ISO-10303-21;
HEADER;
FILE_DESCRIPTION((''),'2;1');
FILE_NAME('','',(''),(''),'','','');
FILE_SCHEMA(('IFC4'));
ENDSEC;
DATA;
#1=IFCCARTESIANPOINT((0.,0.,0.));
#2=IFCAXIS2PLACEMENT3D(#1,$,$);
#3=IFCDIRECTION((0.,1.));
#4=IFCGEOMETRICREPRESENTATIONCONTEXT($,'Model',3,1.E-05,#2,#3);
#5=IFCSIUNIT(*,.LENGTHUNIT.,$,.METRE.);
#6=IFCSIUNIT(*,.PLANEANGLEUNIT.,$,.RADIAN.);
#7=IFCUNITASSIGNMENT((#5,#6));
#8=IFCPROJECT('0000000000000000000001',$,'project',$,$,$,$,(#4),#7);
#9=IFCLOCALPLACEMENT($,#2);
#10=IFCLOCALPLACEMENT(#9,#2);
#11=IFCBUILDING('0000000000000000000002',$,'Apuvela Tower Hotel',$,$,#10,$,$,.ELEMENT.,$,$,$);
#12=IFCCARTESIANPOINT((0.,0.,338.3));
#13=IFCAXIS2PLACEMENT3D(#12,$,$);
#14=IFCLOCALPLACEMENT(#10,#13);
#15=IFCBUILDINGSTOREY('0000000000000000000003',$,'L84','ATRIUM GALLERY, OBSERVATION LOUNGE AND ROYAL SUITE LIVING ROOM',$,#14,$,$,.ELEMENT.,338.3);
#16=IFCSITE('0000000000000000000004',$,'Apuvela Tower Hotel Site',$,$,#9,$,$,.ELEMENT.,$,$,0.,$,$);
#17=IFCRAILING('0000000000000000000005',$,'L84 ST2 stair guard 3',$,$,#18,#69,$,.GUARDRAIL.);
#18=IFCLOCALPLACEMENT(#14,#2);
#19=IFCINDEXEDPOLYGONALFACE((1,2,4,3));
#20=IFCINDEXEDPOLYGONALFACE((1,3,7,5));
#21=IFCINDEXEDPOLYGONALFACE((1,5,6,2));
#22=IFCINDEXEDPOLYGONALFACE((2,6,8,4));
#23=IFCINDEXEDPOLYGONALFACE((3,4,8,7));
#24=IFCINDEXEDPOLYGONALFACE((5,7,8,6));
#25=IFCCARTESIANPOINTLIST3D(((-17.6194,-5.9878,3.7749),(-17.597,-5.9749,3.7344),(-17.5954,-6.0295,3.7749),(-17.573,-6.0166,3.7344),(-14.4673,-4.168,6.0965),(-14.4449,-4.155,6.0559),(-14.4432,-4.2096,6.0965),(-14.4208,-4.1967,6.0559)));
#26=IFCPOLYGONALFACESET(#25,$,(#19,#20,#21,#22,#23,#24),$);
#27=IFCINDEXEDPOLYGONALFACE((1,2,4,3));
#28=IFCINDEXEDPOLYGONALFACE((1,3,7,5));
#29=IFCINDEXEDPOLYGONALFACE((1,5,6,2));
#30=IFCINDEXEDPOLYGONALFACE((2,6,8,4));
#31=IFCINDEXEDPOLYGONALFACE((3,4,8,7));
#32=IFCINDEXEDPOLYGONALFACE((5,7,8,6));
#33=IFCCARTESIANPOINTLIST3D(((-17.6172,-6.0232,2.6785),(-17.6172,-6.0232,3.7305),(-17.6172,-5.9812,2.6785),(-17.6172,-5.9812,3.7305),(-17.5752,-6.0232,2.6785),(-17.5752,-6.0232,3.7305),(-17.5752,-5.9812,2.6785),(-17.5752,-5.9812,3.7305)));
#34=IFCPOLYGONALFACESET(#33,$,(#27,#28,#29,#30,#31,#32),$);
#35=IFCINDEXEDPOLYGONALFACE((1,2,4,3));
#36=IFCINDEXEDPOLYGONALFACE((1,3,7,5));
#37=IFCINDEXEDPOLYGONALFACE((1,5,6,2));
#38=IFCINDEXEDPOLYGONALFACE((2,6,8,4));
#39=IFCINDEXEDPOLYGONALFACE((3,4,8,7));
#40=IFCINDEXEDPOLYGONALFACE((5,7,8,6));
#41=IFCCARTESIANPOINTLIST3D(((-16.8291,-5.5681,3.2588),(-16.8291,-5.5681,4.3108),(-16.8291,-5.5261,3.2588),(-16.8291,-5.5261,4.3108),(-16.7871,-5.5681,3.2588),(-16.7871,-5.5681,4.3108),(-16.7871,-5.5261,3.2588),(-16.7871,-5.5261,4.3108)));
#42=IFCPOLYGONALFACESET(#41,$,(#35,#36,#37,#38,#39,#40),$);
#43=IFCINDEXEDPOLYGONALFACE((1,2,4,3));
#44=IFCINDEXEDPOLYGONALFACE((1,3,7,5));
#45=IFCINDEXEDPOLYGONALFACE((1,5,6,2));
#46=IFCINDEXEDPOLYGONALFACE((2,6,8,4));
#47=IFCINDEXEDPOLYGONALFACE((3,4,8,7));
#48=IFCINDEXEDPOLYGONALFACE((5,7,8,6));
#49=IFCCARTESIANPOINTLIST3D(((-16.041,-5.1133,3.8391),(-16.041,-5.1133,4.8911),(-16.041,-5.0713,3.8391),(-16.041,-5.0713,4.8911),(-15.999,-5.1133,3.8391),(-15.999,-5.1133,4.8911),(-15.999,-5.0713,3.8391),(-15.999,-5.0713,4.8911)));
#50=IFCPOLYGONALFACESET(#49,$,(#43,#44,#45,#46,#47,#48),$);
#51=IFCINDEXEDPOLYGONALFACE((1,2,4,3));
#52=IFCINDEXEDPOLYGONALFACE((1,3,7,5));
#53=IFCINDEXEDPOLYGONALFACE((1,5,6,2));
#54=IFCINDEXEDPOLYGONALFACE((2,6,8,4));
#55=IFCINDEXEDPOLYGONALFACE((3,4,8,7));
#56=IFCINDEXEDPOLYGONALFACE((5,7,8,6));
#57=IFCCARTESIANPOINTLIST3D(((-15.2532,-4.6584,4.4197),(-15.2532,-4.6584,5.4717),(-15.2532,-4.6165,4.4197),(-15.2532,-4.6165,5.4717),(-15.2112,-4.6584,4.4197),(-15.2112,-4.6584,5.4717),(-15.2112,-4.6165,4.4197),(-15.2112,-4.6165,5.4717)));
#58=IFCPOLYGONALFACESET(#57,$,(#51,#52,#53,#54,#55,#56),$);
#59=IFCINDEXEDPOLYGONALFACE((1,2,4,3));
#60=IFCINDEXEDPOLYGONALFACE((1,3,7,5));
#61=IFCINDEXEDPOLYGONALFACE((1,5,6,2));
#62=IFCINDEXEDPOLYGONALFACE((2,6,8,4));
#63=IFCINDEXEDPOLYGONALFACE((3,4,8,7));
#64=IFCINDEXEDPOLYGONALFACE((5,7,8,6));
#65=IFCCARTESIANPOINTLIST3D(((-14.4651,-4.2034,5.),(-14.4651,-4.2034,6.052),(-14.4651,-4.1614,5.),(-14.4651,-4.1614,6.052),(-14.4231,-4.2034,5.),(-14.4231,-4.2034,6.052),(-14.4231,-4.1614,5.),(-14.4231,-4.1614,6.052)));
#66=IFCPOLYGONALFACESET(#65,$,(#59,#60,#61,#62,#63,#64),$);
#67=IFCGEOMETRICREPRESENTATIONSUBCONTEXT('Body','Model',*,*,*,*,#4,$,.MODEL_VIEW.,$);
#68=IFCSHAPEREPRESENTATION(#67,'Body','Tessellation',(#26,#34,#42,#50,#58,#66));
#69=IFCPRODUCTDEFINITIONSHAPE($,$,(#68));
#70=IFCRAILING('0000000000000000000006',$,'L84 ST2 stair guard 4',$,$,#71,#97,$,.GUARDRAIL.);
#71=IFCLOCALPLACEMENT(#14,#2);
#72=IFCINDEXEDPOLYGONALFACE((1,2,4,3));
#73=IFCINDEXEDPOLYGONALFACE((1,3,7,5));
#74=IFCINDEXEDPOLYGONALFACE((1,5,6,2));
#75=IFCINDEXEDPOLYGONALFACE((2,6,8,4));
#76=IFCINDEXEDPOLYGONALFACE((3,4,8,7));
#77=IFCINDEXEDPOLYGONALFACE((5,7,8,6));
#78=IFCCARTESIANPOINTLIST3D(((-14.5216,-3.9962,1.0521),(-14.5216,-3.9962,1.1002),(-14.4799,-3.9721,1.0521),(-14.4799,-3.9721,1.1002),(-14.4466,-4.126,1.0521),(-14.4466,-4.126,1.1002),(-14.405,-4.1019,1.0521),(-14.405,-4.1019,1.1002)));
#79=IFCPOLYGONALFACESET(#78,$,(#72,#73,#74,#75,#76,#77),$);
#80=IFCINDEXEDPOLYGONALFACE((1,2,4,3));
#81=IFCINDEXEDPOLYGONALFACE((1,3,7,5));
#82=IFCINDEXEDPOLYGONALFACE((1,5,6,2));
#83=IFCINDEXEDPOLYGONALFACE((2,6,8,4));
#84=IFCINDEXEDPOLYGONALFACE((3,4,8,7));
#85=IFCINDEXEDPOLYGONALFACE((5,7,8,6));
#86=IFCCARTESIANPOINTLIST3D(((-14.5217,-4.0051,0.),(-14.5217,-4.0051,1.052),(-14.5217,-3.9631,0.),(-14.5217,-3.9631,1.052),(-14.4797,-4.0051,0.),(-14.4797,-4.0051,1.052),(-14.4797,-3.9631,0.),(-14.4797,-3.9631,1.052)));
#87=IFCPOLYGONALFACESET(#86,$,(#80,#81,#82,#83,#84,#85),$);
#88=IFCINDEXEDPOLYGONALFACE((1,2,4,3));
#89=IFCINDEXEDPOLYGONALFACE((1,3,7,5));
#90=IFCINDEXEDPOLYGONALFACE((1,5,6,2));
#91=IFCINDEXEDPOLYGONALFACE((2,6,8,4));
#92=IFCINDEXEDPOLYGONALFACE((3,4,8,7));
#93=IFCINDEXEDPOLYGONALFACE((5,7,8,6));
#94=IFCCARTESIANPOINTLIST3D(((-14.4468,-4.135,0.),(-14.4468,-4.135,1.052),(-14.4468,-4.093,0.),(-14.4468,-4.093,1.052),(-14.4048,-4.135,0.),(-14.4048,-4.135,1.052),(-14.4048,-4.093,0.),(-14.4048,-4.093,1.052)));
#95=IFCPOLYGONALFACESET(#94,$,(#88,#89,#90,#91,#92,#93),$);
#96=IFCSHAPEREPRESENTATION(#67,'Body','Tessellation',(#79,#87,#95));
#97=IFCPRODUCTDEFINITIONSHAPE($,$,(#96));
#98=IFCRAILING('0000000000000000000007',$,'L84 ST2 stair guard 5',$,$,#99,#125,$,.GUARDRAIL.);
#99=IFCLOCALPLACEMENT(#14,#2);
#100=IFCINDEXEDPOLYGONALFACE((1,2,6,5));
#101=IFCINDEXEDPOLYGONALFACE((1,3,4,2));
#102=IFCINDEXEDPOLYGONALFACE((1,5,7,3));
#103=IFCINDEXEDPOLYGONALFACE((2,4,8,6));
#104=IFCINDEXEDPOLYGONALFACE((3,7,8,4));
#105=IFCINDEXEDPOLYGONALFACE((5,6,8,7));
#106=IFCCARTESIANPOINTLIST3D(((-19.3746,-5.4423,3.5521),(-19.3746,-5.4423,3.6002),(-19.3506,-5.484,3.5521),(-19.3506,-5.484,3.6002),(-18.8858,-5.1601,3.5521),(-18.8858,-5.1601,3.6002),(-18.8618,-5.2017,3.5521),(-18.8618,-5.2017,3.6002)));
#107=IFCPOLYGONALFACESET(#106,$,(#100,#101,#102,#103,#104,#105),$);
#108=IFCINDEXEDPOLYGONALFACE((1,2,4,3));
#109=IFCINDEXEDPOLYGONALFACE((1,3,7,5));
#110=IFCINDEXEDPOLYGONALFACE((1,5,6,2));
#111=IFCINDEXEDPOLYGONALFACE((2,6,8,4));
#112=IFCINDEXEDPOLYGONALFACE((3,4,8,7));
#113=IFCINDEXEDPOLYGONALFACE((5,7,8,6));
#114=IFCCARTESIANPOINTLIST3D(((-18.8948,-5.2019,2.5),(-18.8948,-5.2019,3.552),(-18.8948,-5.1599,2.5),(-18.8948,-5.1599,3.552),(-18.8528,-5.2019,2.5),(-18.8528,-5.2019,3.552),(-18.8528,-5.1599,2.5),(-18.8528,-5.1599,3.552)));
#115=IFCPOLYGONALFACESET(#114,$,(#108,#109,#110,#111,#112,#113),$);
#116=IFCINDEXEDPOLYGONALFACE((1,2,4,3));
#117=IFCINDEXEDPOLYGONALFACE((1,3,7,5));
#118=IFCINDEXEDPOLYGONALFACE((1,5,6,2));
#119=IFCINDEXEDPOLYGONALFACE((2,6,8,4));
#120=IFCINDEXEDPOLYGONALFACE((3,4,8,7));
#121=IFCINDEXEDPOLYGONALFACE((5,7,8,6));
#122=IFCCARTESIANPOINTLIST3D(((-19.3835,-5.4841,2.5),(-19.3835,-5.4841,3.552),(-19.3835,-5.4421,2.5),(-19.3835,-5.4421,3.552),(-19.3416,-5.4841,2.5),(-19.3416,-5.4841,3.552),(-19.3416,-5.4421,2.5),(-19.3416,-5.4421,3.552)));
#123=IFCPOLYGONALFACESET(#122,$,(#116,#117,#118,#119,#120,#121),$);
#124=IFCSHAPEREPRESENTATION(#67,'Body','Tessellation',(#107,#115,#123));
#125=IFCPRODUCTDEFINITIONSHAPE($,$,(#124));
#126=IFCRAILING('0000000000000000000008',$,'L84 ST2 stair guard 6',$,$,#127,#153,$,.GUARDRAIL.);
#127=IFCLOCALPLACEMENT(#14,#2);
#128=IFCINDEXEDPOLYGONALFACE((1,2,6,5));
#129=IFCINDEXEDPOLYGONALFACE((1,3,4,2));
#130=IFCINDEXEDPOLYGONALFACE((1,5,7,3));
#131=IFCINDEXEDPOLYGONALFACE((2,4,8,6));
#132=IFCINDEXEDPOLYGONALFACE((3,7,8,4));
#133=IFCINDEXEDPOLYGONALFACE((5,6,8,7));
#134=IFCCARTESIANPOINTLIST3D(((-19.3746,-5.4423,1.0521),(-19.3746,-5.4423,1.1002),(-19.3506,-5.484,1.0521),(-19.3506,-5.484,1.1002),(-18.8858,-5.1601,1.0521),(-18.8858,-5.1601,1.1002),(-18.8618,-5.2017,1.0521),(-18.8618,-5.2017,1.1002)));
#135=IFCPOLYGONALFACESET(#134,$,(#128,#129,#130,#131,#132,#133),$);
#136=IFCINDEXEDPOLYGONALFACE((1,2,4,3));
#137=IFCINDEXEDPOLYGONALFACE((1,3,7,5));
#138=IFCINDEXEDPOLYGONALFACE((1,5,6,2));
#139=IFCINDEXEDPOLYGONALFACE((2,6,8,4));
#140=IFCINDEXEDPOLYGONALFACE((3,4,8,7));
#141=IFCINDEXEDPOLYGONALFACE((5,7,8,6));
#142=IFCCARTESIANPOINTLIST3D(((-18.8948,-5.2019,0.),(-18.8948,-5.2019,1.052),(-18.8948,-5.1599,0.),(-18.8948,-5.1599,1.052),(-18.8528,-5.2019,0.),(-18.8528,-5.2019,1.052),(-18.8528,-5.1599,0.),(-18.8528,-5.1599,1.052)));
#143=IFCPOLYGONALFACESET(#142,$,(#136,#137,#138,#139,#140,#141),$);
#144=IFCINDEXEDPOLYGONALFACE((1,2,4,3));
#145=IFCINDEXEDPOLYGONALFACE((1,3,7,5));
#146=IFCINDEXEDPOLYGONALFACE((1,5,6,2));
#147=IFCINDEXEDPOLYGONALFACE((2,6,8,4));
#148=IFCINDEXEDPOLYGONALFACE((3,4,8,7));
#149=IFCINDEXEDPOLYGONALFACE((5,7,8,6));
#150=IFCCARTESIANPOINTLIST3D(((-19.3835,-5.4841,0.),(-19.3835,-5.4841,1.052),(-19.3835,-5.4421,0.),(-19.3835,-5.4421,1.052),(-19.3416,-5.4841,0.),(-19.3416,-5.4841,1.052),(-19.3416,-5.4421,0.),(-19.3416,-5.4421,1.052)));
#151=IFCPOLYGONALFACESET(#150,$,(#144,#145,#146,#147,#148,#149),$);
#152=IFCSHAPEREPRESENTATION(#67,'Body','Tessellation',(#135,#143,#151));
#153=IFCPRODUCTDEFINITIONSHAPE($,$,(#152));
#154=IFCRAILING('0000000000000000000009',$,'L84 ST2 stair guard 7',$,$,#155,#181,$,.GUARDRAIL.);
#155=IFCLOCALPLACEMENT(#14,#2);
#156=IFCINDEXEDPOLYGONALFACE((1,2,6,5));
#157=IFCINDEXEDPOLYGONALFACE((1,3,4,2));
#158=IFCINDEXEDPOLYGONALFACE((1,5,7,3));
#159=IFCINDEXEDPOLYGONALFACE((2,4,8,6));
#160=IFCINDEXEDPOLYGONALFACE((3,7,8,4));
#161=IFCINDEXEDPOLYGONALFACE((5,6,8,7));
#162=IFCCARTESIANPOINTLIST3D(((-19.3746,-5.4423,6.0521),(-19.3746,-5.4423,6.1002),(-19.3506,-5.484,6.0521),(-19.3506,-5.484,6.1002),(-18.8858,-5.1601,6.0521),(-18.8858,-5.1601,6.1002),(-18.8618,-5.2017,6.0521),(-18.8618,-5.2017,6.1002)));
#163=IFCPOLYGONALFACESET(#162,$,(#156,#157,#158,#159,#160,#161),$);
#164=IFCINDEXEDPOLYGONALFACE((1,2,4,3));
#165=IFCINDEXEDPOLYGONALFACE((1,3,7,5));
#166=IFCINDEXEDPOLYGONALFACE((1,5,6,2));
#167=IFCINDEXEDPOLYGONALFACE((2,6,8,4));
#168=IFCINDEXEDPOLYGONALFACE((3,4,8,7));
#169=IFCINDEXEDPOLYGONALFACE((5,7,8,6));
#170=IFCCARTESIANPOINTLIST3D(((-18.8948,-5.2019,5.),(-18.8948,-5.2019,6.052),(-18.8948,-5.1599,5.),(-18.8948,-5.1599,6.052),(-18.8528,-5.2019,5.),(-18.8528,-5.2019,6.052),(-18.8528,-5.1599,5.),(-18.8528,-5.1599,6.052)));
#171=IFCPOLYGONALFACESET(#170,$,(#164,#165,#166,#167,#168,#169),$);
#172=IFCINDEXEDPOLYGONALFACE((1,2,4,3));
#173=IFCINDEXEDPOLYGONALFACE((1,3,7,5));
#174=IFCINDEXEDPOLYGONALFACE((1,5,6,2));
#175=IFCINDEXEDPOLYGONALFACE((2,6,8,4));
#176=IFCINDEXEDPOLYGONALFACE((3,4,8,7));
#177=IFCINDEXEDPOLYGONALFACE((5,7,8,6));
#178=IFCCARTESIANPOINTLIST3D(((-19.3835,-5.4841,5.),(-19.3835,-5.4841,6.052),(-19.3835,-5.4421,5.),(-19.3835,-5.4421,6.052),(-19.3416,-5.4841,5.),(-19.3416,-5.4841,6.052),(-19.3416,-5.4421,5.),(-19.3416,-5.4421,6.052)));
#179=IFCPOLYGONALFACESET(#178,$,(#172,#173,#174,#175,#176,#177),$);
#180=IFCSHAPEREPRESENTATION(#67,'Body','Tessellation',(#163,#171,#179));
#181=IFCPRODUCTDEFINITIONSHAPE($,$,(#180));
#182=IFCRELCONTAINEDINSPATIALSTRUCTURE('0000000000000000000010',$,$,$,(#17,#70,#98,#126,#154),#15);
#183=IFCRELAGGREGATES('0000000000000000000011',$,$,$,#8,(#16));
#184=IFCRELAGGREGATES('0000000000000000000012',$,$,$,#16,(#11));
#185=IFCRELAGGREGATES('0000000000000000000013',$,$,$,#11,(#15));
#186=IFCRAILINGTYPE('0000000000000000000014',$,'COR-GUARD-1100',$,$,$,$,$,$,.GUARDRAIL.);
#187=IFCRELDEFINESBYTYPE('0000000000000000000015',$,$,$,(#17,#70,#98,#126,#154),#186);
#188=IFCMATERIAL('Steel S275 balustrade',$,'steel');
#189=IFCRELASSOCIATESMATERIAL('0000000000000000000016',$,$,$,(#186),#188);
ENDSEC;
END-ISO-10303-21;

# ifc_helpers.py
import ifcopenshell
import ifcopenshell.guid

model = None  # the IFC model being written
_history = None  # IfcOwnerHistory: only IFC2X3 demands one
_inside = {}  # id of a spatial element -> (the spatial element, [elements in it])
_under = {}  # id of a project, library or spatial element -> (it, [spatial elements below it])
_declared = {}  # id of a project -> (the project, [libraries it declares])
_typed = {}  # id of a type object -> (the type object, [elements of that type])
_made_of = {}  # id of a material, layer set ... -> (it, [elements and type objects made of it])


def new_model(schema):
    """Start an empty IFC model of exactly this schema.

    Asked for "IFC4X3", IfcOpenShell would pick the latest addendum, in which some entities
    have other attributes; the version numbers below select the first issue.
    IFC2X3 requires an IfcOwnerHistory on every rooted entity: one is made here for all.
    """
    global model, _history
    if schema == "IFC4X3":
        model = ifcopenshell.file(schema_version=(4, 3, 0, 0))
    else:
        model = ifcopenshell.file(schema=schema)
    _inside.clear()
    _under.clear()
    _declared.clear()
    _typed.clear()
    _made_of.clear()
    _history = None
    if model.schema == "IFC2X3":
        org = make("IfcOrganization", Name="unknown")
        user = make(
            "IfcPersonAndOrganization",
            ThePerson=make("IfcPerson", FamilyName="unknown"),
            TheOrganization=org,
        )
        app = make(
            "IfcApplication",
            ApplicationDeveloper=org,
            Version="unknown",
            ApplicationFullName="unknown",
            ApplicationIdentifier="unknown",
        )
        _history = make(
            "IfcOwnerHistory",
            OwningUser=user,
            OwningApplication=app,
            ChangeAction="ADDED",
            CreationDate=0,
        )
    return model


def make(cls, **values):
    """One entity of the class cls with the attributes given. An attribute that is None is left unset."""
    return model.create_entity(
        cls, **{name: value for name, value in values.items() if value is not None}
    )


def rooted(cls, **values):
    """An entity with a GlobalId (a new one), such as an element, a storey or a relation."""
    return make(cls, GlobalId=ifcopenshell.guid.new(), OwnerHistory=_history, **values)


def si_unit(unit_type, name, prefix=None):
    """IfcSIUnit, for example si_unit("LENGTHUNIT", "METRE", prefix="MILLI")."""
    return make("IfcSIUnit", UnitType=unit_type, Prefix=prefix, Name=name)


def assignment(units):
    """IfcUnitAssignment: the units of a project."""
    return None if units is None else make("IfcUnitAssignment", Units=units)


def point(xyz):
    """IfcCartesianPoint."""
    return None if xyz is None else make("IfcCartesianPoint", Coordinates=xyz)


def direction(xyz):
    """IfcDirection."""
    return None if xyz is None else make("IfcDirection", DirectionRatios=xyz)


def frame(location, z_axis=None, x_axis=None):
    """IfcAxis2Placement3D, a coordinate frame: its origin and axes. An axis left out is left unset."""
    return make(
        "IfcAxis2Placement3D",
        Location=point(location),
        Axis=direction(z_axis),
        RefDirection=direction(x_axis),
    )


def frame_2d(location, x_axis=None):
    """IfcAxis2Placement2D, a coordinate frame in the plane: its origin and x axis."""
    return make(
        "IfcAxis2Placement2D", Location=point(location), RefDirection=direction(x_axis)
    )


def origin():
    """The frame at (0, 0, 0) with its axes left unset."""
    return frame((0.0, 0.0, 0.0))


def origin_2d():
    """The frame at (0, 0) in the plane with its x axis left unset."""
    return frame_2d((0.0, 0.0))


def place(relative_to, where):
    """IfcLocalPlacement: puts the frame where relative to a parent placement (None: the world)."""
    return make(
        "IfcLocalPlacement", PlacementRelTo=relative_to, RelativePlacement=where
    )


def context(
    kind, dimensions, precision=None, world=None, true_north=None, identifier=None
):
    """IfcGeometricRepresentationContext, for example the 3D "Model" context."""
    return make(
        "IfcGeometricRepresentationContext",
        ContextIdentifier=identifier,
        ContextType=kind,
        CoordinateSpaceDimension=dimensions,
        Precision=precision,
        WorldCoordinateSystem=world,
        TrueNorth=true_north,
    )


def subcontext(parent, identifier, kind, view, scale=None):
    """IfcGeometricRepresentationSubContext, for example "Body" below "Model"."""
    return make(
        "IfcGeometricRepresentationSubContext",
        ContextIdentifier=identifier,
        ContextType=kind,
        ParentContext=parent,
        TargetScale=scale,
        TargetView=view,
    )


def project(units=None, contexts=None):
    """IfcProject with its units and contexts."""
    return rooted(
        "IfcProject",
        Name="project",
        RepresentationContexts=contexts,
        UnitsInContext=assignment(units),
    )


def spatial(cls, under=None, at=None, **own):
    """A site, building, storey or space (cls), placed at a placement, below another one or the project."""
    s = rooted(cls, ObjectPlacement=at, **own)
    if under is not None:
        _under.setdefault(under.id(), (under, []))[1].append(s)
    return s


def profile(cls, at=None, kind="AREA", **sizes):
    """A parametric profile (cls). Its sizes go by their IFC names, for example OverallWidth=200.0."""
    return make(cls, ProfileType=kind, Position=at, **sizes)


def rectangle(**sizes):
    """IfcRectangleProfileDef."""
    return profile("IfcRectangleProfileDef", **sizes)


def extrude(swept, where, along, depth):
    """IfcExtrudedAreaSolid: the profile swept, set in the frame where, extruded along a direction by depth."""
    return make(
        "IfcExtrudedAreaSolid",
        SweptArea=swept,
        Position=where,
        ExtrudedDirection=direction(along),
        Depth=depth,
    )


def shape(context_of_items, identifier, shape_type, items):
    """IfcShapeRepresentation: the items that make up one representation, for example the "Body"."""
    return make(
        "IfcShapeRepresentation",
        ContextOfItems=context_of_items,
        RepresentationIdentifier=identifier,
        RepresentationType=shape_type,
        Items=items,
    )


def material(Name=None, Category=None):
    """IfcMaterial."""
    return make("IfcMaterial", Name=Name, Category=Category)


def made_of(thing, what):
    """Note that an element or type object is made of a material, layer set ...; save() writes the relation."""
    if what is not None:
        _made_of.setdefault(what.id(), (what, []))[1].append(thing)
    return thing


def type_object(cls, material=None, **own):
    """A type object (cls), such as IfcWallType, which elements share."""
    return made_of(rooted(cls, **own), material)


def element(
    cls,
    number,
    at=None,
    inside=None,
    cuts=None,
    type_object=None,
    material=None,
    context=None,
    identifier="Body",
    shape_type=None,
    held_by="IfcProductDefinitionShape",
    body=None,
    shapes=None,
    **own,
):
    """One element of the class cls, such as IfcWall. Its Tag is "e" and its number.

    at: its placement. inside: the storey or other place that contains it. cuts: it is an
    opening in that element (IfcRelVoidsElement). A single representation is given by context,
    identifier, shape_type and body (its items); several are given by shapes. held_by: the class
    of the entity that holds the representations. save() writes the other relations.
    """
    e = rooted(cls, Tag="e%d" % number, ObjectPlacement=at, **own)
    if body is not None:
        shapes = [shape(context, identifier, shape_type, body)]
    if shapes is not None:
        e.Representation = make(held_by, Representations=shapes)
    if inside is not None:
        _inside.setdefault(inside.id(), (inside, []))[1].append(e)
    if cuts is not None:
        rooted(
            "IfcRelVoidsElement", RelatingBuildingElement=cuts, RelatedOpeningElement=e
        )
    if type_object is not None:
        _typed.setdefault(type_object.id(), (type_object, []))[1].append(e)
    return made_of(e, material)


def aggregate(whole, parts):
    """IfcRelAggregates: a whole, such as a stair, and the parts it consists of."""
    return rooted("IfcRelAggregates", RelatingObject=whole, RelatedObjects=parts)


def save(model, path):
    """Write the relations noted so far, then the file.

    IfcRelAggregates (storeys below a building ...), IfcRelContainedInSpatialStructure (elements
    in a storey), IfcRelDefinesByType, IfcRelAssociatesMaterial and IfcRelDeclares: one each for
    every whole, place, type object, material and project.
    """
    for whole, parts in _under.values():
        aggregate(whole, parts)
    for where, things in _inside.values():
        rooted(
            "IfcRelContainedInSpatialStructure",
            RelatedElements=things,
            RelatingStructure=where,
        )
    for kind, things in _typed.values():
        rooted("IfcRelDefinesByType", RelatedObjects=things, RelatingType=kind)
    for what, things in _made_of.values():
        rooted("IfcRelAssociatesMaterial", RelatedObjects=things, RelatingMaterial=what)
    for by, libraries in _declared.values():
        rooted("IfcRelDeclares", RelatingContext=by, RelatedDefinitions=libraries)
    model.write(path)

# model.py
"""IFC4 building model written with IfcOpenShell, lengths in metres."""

from ifc_helpers import new_model, si_unit, direction, frame, origin, origin_2d, place, context, subcontext, project, spatial, rectangle, extrude, material, type_object, element, save


model = new_model("IFC4")

# Units and contexts
model_context = context("Model", 3, precision=1e-05, world=origin(), true_north=direction((0.0, 1.0)))
body_context = subcontext(model_context, "Body", "Model", "MODEL_VIEW")
ifc_project = project(units=[si_unit("LENGTHUNIT", "METRE"), si_unit("PLANEANGLEUNIT", "RADIAN")], contexts=[model_context])

# Site, building, storey
site_placement = place(None, origin())
site = spatial("IfcSite", under=ifc_project, at=site_placement, Name="Apuvela Tower Hotel Site", CompositionType="ELEMENT", RefElevation=0.0)
building_placement = place(site_placement, origin())
building = spatial("IfcBuilding", under=site, at=building_placement, Name="Apuvela Tower Hotel", CompositionType="ELEMENT")
storey_placement = place(building_placement, frame((0.0, 0.0, 338.3)))
storey = spatial("IfcBuildingStorey", under=building, at=storey_placement, Name="L84", Description="ATRIUM GALLERY, OBSERVATION LOUNGE AND ROYAL SUITE LIVING ROOM", CompositionType="ELEMENT", Elevation=338.3)

# Railings
ifc_material_1 = material(Name="Steel S275 balustrade", Category="steel")
railing_type_1 = type_object("IfcRailingType", Name="COR-GUARD-1100", PredefinedType="GUARDRAIL", material=ifc_material_1)
railing_1_placement = place(storey_placement, frame((-17.5962, -6.0022, 2.6785)))
element("IfcRailing", 1, at=railing_1_placement, inside=storey, type_object=railing_type_1, Name="L84 ST2 stair guard 3", PredefinedType="GUARDRAIL", context=body_context, shape_type="SweptSolid", body=[
    extrude(rectangle(XDim=0.0481, YDim=0.0481, at=origin_2d()), frame((0.0, 0.0, 1.0762), z_axis=(0.73015, 0.421542, 0.537758), x_axis=(-0.499991, 0.86603, 0.0)), (0.0, 0.0, 1.0), 4.3171),
    extrude(rectangle(XDim=0.042, YDim=0.042, at=origin_2d()), origin(), (0.0, 0.0, 1.0), 1.052),
    extrude(rectangle(XDim=0.042, YDim=0.042, at=origin_2d()), frame((0.7881, 0.4551, 0.5803)), (0.0, 0.0, 1.0), 1.052),
    extrude(rectangle(XDim=0.042, YDim=0.042, at=origin_2d()), frame((1.5762, 0.9099, 1.1606)), (0.0, 0.0, 1.0), 1.052),
    extrude(rectangle(XDim=0.042, YDim=0.042, at=origin_2d()), frame((2.364, 1.3647, 1.7412)), (0.0, 0.0, 1.0), 1.052),
    extrude(rectangle(XDim=0.042, YDim=0.042, at=origin_2d()), frame((3.1521, 1.8198, 2.3215)), (0.0, 0.0, 1.0), 1.052),
])
railing_2_placement = place(storey_placement, frame((-14.5007, -3.9841, 0.0)))
element("IfcRailing", 2, at=railing_2_placement, inside=storey, type_object=railing_type_1, Name="L84 ST2 stair guard 4", PredefinedType="GUARDRAIL", context=body_context, shape_type="SweptSolid", body=[
    extrude(rectangle(XDim=0.0481, YDim=0.0481, at=origin_2d()), frame((0.0, 0.0, 1.0762), z_axis=(0.499816, -0.866131, 0.0), x_axis=(0.866131, 0.499816, 0.0)), (0.0, 0.0, 1.0), 0.1499),
    extrude(rectangle(XDim=0.042, YDim=0.042, at=origin_2d()), origin(), (0.0, 0.0, 1.0), 1.052),
    extrude(rectangle(XDim=0.042, YDim=0.042, at=origin_2d()), frame((0.075, -0.1299, 0.0)), (0.0, 0.0, 1.0), 1.052),
])
for number, where, name in (
    (3, (-18.8738, -5.1809, 2.5), "L84 ST2 stair guard 5"),
    (4, (-18.8738, -5.1809, 0.0), "L84 ST2 stair guard 6"),
    (5, (-18.8738, -5.1809, 5.0), "L84 ST2 stair guard 7"),
):
    element("IfcRailing", number, at=place(storey_placement, frame(where)), inside=storey, type_object=railing_type_1, Name=name, PredefinedType="GUARDRAIL", context=body_context, shape_type="SweptSolid", body=[
        extrude(rectangle(XDim=0.0481, YDim=0.0481, at=origin_2d()), frame((0.0, 0.0, 1.0762), z_axis=(-0.865998, -0.500047, 0.0), x_axis=(0.500047, -0.865998, 0.0)), (0.0, 0.0, 1.0), 0.5645),
        extrude(rectangle(XDim=0.042, YDim=0.042, at=origin_2d()), origin(), (0.0, 0.0, 1.0), 1.052),
        extrude(rectangle(XDim=0.042, YDim=0.042, at=origin_2d()), frame((-0.4888, -0.2822, 0.0)), (0.0, 0.0, 1.0), 1.052),
    ])

save(model, "model.ifc")
